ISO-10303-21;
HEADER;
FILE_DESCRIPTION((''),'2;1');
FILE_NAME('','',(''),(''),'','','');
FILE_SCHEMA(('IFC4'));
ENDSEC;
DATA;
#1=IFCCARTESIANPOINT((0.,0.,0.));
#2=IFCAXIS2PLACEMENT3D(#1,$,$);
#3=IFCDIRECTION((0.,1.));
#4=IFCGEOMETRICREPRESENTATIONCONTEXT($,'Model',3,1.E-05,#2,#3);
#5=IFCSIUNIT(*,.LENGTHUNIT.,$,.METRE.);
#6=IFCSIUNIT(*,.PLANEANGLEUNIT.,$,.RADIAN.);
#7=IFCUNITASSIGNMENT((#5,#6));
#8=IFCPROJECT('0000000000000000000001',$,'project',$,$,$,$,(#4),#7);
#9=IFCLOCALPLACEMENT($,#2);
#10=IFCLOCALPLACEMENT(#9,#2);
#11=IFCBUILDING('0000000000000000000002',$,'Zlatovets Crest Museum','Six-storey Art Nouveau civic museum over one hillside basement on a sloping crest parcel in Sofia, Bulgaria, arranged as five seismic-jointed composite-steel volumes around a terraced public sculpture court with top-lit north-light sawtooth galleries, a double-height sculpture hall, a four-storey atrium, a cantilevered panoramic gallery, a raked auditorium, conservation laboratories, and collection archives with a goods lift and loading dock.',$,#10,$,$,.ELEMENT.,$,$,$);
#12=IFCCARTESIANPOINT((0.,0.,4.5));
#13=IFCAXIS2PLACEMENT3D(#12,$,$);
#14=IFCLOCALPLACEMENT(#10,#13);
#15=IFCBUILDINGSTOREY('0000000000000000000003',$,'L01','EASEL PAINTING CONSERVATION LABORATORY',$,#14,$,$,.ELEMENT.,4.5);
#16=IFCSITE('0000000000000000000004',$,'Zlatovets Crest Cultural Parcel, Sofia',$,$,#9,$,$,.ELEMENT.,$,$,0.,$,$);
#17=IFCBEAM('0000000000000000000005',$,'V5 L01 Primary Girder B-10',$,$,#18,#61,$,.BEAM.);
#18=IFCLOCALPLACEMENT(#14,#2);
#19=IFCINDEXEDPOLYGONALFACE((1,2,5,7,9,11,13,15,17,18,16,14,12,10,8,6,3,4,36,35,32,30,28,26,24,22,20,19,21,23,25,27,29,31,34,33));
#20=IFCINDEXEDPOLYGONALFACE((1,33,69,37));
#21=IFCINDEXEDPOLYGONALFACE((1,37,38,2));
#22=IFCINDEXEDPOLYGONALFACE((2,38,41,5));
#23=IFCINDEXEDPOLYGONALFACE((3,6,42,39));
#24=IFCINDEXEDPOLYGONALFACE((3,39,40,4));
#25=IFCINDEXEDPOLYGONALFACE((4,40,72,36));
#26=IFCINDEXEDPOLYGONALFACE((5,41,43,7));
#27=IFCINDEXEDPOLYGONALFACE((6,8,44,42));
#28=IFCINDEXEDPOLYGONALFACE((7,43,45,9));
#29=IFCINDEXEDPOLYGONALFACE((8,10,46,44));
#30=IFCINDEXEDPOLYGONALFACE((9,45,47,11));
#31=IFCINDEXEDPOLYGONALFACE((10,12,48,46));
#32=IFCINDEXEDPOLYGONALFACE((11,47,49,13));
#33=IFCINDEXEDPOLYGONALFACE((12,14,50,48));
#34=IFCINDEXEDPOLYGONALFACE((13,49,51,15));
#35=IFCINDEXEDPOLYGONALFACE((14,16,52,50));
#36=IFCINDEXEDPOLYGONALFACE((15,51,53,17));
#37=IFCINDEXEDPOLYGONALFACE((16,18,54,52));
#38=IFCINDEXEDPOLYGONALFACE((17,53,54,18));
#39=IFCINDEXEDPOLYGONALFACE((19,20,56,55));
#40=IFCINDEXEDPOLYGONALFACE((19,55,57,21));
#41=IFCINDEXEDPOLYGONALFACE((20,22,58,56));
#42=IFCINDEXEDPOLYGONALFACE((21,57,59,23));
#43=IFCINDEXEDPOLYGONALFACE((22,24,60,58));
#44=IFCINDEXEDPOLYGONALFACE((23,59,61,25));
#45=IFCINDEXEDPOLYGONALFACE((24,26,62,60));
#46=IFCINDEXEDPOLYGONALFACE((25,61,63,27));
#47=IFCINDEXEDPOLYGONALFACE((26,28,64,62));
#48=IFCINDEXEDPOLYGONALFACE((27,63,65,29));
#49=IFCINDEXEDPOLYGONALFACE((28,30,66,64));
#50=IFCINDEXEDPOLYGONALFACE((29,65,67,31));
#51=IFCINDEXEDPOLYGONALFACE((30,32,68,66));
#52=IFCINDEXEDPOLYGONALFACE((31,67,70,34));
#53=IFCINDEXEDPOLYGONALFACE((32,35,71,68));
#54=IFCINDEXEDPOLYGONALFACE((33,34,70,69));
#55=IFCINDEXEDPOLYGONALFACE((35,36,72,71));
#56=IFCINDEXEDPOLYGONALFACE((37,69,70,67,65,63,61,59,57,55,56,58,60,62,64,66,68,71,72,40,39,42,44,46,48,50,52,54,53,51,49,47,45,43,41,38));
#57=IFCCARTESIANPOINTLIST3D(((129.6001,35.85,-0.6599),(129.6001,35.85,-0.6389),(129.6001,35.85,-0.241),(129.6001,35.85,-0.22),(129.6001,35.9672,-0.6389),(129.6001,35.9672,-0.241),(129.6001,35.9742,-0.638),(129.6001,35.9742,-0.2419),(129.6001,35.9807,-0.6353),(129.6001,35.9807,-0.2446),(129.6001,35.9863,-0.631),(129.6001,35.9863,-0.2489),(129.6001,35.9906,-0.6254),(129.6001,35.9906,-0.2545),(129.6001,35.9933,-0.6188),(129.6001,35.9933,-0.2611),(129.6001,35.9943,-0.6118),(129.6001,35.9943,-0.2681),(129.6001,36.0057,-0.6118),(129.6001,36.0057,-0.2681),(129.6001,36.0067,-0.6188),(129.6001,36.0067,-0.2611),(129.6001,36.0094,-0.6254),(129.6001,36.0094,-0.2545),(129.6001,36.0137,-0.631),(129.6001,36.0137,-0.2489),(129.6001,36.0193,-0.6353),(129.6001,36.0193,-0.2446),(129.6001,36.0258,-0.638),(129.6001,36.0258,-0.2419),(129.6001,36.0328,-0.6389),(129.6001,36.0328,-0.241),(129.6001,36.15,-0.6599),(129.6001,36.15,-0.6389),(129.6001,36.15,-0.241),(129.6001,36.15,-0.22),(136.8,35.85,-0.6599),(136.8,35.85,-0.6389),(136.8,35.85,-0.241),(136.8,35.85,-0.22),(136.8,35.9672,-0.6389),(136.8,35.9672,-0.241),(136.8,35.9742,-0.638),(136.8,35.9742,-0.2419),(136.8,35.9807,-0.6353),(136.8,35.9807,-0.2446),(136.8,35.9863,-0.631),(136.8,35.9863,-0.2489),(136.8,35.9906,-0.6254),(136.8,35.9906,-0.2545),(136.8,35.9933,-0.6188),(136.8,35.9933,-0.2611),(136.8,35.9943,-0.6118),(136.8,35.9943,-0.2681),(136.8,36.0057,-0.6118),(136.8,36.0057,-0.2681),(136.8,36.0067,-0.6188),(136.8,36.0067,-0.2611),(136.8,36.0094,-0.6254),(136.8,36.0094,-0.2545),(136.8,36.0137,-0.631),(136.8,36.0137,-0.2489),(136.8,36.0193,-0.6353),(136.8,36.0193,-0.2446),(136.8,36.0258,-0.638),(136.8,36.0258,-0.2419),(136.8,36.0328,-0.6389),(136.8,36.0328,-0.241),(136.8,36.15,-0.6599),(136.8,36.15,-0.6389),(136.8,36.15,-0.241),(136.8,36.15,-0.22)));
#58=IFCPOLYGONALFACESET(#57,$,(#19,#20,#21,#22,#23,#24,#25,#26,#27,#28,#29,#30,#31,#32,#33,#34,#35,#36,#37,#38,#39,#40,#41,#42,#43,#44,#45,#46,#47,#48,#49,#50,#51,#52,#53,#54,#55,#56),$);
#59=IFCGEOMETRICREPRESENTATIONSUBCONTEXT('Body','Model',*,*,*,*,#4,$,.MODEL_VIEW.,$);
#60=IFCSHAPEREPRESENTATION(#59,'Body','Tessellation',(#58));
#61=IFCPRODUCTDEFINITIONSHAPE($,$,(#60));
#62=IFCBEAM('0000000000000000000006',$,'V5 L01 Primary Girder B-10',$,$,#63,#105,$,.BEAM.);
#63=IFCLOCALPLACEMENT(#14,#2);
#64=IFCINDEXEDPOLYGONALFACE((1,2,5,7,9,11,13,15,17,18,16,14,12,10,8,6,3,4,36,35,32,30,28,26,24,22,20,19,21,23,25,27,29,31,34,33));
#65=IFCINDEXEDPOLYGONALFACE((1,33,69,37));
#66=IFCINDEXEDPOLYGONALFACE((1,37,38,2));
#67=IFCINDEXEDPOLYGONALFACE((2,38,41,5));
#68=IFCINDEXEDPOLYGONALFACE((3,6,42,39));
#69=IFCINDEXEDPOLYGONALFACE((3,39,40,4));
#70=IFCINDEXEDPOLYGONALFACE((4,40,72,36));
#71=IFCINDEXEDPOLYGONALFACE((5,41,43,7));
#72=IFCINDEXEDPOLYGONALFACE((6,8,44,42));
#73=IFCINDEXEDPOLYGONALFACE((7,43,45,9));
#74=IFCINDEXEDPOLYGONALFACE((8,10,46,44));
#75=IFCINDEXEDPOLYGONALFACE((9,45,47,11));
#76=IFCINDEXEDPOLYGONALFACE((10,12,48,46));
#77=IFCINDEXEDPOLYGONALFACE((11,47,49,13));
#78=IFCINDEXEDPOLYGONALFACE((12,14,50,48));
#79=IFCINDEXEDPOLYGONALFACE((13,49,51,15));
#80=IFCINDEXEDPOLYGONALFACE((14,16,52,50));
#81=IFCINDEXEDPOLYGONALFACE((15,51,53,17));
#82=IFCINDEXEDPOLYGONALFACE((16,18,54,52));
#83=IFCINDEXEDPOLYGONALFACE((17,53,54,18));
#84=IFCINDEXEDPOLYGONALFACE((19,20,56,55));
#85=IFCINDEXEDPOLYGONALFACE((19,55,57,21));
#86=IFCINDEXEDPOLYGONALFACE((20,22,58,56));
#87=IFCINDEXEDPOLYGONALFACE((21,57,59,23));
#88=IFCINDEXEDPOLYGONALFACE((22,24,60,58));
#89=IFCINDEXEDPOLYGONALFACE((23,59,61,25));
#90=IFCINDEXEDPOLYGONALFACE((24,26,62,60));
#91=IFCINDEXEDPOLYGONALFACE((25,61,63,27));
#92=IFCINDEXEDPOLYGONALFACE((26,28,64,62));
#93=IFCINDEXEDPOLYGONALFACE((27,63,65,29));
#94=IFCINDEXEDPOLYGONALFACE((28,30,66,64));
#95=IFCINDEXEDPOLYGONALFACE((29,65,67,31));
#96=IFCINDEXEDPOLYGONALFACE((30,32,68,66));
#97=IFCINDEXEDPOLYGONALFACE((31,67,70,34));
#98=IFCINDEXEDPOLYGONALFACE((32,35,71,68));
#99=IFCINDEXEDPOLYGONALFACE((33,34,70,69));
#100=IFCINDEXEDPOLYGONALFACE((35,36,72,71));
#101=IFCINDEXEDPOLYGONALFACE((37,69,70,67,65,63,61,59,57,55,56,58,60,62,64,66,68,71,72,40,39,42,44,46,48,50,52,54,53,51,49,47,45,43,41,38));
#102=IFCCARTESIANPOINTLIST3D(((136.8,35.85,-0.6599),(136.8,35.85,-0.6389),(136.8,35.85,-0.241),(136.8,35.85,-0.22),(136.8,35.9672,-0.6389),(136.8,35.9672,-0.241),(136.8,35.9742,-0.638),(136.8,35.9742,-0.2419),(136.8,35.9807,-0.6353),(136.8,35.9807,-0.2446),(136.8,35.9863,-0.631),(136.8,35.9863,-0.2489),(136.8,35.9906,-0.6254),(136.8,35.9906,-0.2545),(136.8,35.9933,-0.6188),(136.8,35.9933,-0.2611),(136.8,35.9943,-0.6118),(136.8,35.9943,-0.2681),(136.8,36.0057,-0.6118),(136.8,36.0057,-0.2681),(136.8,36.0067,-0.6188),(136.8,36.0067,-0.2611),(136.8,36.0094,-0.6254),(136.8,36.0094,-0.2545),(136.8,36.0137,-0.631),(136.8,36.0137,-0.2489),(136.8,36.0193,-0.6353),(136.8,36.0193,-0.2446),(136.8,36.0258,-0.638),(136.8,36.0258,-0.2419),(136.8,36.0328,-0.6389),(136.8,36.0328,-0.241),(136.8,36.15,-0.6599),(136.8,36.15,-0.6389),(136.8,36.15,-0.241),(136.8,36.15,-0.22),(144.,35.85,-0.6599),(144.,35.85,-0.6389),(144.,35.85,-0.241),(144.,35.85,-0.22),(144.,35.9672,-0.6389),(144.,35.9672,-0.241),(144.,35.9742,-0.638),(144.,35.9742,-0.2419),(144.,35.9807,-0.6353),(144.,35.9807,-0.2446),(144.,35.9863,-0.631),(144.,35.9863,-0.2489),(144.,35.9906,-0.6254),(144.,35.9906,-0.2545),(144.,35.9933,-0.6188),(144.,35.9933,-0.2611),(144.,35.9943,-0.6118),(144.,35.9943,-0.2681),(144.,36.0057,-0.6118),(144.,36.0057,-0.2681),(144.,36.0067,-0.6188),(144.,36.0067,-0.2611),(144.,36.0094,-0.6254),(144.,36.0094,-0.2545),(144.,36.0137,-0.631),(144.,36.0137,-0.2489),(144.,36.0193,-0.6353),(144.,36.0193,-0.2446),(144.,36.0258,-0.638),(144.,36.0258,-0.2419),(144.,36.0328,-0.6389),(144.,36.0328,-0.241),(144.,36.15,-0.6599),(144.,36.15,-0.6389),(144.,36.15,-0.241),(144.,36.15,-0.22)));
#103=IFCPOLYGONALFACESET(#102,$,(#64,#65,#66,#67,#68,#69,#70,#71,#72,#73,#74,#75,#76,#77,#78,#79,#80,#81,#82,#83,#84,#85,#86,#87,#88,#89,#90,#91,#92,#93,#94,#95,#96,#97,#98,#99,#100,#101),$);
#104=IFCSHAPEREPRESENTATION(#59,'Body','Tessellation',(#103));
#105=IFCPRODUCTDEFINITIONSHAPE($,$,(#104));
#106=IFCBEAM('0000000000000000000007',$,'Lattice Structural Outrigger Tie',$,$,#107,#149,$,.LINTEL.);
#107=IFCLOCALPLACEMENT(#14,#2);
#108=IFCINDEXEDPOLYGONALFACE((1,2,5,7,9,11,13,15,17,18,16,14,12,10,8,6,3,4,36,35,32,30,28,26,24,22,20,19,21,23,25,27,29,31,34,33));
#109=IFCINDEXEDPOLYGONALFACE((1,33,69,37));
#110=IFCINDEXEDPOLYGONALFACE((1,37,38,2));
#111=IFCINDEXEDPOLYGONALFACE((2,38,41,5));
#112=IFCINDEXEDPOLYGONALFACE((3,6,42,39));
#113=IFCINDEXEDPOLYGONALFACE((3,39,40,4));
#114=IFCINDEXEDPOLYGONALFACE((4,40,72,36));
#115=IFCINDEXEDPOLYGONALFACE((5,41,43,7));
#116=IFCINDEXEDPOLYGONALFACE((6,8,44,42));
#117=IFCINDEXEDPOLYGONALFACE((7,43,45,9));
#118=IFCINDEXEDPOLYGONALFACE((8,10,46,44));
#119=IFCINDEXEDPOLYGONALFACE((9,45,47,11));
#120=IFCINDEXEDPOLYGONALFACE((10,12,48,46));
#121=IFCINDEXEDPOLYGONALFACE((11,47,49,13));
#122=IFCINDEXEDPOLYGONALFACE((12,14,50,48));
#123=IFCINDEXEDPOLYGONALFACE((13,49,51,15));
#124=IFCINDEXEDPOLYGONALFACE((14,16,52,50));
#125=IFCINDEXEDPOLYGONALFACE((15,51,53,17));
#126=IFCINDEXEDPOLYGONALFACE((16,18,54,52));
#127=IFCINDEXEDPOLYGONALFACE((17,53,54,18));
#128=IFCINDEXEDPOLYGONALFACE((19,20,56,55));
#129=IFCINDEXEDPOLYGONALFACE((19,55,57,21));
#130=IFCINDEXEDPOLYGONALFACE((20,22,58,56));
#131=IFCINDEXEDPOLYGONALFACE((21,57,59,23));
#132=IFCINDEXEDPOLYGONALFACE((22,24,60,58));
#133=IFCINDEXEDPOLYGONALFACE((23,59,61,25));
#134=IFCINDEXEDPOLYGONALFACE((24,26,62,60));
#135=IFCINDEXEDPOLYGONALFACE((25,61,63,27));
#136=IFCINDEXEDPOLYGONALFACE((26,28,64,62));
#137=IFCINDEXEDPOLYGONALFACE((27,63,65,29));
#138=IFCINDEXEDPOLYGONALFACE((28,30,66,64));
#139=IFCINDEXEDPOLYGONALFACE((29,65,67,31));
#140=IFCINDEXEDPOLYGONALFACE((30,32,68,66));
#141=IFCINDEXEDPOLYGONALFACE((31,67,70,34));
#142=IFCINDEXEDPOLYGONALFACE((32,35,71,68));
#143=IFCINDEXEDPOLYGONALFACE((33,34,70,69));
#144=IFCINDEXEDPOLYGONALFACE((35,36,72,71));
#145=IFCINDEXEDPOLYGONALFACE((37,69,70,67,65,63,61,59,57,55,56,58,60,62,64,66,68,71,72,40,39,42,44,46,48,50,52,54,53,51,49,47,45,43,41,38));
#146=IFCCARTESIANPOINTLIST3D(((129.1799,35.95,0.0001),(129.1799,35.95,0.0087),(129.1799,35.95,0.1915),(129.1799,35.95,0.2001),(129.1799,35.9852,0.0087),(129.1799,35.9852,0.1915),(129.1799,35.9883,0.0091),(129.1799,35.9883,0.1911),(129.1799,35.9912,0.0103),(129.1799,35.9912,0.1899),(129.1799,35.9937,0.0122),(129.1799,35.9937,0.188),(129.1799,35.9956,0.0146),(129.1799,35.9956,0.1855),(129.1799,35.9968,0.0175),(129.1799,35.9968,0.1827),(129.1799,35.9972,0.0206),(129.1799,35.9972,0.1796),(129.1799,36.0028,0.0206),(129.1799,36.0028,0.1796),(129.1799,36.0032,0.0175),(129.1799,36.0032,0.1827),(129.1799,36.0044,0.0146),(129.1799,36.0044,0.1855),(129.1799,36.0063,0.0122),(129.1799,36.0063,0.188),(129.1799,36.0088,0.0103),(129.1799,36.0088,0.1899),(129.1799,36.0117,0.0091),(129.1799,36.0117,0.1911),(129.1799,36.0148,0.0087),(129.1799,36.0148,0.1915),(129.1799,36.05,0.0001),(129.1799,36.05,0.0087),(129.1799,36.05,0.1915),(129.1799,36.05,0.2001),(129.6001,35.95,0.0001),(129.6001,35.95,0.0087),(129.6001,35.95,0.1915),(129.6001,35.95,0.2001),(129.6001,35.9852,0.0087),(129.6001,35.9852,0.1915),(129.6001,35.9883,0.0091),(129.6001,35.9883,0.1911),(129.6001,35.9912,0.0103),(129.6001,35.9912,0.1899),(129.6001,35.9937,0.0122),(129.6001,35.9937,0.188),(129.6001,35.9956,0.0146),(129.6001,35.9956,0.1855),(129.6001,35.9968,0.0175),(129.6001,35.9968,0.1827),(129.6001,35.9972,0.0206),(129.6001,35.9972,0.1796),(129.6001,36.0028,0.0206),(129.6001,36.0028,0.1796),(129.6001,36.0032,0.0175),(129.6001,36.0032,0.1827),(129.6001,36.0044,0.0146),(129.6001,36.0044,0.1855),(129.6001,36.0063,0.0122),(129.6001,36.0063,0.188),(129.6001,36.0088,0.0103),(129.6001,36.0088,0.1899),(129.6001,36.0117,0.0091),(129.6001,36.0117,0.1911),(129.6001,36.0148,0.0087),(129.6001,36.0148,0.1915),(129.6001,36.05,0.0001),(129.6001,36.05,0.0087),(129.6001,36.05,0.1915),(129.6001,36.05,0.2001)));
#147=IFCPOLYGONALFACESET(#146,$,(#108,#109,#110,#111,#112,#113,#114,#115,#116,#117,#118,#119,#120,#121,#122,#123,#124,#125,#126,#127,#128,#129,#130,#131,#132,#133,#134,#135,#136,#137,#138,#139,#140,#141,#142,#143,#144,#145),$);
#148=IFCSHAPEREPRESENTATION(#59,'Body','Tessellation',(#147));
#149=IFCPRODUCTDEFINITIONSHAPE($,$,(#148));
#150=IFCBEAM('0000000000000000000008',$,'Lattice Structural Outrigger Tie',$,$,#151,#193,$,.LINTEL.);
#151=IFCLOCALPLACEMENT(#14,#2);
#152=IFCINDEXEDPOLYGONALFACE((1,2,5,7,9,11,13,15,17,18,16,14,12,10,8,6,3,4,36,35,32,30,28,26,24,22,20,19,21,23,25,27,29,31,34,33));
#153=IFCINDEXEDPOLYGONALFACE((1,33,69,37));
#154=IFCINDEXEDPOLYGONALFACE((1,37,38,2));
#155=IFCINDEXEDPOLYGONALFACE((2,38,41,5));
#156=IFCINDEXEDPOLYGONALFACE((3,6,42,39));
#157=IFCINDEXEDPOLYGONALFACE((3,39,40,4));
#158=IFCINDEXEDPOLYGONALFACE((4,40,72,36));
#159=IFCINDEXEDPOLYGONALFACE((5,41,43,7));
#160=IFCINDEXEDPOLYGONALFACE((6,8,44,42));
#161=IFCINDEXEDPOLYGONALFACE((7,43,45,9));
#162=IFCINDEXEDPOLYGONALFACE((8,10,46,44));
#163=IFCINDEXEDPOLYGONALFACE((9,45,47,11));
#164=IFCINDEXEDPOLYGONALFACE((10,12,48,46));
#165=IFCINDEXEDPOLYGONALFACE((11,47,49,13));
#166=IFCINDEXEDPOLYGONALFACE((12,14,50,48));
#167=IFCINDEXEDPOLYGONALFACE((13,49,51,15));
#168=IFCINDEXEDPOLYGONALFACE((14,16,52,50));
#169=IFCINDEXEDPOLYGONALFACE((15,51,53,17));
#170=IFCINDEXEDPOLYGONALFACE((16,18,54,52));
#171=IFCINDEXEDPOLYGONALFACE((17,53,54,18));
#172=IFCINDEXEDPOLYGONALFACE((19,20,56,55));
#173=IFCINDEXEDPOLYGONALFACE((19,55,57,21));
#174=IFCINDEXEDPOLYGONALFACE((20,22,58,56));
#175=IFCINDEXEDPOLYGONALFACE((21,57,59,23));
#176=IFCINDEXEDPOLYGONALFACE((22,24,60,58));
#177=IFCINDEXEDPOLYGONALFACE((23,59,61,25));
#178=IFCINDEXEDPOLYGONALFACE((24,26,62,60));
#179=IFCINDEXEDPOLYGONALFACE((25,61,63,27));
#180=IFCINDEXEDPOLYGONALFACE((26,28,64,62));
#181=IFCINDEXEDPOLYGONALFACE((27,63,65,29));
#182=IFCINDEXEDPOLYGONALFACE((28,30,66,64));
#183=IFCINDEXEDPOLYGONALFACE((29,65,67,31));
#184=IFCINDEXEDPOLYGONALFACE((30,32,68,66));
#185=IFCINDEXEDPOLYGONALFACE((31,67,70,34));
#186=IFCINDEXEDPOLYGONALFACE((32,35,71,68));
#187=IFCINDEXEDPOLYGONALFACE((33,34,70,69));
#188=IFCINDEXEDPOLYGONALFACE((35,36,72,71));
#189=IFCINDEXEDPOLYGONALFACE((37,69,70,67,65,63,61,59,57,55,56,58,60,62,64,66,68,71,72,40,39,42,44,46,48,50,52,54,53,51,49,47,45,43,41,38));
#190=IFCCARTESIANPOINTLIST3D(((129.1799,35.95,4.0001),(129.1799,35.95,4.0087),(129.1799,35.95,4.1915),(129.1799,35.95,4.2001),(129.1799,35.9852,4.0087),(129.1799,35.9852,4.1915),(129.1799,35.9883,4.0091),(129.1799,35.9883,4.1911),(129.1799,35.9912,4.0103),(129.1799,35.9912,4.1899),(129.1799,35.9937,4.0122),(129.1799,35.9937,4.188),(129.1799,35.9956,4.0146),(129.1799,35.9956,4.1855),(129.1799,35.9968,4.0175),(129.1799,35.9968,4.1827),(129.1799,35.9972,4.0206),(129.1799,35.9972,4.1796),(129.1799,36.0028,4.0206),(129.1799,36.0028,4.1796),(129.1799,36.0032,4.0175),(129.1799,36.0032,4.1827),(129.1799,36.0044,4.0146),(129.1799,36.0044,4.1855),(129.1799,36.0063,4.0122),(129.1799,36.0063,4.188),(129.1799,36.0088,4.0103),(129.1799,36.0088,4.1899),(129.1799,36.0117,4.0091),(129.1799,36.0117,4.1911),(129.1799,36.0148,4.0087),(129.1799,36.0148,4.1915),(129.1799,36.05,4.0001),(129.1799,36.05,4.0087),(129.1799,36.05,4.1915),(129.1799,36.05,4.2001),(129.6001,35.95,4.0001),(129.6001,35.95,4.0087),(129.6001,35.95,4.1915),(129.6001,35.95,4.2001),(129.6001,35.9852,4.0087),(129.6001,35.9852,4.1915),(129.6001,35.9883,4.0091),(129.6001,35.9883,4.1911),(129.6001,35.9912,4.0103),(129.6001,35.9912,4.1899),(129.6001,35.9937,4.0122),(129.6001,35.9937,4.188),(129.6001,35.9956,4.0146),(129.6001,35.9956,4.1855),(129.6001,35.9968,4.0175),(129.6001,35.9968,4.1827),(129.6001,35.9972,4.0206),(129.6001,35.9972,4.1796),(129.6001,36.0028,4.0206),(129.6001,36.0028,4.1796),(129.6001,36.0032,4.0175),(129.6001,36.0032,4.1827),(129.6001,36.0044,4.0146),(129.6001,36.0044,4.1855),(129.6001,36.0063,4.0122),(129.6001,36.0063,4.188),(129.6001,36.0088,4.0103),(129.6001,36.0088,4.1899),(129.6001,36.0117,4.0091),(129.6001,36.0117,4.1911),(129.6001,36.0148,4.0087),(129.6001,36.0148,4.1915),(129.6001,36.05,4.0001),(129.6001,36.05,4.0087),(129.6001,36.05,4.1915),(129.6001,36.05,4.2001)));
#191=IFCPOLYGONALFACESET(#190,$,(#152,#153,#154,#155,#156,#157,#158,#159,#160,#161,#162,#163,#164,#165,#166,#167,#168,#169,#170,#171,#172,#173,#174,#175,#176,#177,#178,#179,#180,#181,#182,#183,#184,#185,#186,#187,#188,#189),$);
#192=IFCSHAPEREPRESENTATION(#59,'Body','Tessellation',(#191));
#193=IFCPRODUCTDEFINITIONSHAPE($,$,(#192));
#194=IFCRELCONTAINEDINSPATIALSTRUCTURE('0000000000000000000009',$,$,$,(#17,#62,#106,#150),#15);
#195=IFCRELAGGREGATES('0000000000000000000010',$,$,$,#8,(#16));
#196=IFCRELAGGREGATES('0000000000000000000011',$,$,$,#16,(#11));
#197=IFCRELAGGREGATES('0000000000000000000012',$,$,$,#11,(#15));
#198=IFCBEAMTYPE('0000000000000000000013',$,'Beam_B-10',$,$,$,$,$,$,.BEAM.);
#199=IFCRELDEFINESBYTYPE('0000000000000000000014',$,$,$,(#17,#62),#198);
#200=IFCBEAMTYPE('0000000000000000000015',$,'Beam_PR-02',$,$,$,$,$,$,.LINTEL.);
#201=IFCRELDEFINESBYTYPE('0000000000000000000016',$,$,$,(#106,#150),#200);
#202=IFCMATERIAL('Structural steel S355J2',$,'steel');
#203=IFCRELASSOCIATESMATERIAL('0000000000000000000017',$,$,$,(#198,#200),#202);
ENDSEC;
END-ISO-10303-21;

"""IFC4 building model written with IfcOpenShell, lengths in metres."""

from ifc_helpers import new_model, si_unit, direction, frame, origin, origin_2d, place, context, subcontext, project, spatial, i_section, extrude, material, material_profile, profile_set, type_object, element, save


model = new_model("IFC4")

# Units and contexts
model_context = context("Model", 3, precision=1e-05, world=origin(), true_north=direction((0.0, 1.0)))
body_context = subcontext(model_context, "Body", "Model", "MODEL_VIEW")
ifc_project = project(units=[si_unit("LENGTHUNIT", "METRE"), si_unit("PLANEANGLEUNIT", "RADIAN")], contexts=[model_context])

# Site, building, storey
site_placement = place(None, origin())
site = spatial("IfcSite", under=ifc_project, at=site_placement, Name="Zlatovets Crest Cultural Parcel, Sofia", CompositionType="ELEMENT", RefElevation=0.0)
building_placement = place(site_placement, origin())
building = spatial("IfcBuilding", under=site, at=building_placement, Name="Zlatovets Crest Museum", Description="Six-storey Art Nouveau civic museum over one hillside basement on a sloping crest parcel in Sofia, Bulgaria, arranged as five seismic-jointed composite-steel volumes around a terraced public sculpture court with top-lit north-light sawtooth galleries, a double-height sculpture hall, a four-storey atrium, a cantilevered panoramic gallery, a raked auditorium, conservation laboratories, and collection archives with a goods lift and loading dock.", CompositionType="ELEMENT")
storey_placement = place(building_placement, frame((0.0, 0.0, 4.5)))
storey = spatial("IfcBuildingStorey", under=building, at=storey_placement, Name="L01", Description="EASEL PAINTING CONSERVATION LABORATORY", CompositionType="ELEMENT", Elevation=4.5)

# Shared definitions
ifc_material_1 = material(Name="Structural steel S355J2", Category="steel")

# Beams
ifc_material_profile_1 = material_profile(ifc_material_1, i_section(OverallWidth=0.3, OverallDepth=0.4399, WebThickness=0.0115, FlangeThickness=0.021, FilletRadius=0.0271, at=origin_2d()), Name="HEA 450")
ifc_profile_set_1 = profile_set([ifc_material_profile_1], Name="Structural steel S355J2")
beam_type_1 = type_object("IfcBeamType", Name="Beam_B-10", PredefinedType="BEAM", material=ifc_profile_set_1)
for number, where, z_axis, x_axis, name in (
    (1, (129.6001, 36.0, -0.4399), (1.0, 0.0, 0.0), (0.0, 1.0, 0.0), "V5 L01 Primary Girder B-10"),
    (2, (136.8, 36.0, -0.4399), (1.0, 0.0, 0.0), (0.0, 1.0, 0.0), "V5 L01 Primary Girder B-10"),
):
    element("IfcBeam", number, at=place(storey_placement, frame(where, z_axis=z_axis, x_axis=x_axis)), inside=storey, type_object=beam_type_1, Name=name, PredefinedType="BEAM", context=body_context, shape_type="SweptSolid", body=[
        extrude(i_section(OverallWidth=0.3, OverallDepth=0.4399, WebThickness=0.0115, FlangeThickness=0.021, FilletRadius=0.0271, at=origin_2d()), origin(), (0.0, 0.0, 1.0), 7.2),
    ])
ifc_material_profile_2 = material_profile(ifc_material_1, i_section(OverallWidth=0.1001, OverallDepth=0.2, WebThickness=0.0056, FlangeThickness=0.0085, FilletRadius=0.012, at=origin_2d()), Name="IPE 200")
ifc_profile_set_2 = profile_set([ifc_material_profile_2], Name="Structural steel S355J2")
beam_type_2 = type_object("IfcBeamType", Name="Beam_PR-02", PredefinedType="LINTEL", material=ifc_profile_set_2)
for number, where, z_axis, x_axis, name in (
    (3, (129.6001, 36.0, 0.1001), (-1.0, 0.0, 0.0), (0.0, -1.0, 0.0), "Lattice Structural Outrigger Tie"),
    (4, (129.6001, 36.0, 4.1001), (-1.0, 0.0, 0.0), (0.0, -1.0, 0.0), "Lattice Structural Outrigger Tie"),
):
    element("IfcBeam", number, at=place(storey_placement, frame(where, z_axis=z_axis, x_axis=x_axis)), inside=storey, type_object=beam_type_2, Name=name, PredefinedType="LINTEL", context=body_context, shape_type="SweptSolid", body=[
        extrude(i_section(OverallWidth=0.1001, OverallDepth=0.2, WebThickness=0.0056, FlangeThickness=0.0085, FilletRadius=0.012, at=origin_2d()), origin(), (0.0, 0.0, 1.0), 0.4202),
    ])

save(model, "model.ifc")
